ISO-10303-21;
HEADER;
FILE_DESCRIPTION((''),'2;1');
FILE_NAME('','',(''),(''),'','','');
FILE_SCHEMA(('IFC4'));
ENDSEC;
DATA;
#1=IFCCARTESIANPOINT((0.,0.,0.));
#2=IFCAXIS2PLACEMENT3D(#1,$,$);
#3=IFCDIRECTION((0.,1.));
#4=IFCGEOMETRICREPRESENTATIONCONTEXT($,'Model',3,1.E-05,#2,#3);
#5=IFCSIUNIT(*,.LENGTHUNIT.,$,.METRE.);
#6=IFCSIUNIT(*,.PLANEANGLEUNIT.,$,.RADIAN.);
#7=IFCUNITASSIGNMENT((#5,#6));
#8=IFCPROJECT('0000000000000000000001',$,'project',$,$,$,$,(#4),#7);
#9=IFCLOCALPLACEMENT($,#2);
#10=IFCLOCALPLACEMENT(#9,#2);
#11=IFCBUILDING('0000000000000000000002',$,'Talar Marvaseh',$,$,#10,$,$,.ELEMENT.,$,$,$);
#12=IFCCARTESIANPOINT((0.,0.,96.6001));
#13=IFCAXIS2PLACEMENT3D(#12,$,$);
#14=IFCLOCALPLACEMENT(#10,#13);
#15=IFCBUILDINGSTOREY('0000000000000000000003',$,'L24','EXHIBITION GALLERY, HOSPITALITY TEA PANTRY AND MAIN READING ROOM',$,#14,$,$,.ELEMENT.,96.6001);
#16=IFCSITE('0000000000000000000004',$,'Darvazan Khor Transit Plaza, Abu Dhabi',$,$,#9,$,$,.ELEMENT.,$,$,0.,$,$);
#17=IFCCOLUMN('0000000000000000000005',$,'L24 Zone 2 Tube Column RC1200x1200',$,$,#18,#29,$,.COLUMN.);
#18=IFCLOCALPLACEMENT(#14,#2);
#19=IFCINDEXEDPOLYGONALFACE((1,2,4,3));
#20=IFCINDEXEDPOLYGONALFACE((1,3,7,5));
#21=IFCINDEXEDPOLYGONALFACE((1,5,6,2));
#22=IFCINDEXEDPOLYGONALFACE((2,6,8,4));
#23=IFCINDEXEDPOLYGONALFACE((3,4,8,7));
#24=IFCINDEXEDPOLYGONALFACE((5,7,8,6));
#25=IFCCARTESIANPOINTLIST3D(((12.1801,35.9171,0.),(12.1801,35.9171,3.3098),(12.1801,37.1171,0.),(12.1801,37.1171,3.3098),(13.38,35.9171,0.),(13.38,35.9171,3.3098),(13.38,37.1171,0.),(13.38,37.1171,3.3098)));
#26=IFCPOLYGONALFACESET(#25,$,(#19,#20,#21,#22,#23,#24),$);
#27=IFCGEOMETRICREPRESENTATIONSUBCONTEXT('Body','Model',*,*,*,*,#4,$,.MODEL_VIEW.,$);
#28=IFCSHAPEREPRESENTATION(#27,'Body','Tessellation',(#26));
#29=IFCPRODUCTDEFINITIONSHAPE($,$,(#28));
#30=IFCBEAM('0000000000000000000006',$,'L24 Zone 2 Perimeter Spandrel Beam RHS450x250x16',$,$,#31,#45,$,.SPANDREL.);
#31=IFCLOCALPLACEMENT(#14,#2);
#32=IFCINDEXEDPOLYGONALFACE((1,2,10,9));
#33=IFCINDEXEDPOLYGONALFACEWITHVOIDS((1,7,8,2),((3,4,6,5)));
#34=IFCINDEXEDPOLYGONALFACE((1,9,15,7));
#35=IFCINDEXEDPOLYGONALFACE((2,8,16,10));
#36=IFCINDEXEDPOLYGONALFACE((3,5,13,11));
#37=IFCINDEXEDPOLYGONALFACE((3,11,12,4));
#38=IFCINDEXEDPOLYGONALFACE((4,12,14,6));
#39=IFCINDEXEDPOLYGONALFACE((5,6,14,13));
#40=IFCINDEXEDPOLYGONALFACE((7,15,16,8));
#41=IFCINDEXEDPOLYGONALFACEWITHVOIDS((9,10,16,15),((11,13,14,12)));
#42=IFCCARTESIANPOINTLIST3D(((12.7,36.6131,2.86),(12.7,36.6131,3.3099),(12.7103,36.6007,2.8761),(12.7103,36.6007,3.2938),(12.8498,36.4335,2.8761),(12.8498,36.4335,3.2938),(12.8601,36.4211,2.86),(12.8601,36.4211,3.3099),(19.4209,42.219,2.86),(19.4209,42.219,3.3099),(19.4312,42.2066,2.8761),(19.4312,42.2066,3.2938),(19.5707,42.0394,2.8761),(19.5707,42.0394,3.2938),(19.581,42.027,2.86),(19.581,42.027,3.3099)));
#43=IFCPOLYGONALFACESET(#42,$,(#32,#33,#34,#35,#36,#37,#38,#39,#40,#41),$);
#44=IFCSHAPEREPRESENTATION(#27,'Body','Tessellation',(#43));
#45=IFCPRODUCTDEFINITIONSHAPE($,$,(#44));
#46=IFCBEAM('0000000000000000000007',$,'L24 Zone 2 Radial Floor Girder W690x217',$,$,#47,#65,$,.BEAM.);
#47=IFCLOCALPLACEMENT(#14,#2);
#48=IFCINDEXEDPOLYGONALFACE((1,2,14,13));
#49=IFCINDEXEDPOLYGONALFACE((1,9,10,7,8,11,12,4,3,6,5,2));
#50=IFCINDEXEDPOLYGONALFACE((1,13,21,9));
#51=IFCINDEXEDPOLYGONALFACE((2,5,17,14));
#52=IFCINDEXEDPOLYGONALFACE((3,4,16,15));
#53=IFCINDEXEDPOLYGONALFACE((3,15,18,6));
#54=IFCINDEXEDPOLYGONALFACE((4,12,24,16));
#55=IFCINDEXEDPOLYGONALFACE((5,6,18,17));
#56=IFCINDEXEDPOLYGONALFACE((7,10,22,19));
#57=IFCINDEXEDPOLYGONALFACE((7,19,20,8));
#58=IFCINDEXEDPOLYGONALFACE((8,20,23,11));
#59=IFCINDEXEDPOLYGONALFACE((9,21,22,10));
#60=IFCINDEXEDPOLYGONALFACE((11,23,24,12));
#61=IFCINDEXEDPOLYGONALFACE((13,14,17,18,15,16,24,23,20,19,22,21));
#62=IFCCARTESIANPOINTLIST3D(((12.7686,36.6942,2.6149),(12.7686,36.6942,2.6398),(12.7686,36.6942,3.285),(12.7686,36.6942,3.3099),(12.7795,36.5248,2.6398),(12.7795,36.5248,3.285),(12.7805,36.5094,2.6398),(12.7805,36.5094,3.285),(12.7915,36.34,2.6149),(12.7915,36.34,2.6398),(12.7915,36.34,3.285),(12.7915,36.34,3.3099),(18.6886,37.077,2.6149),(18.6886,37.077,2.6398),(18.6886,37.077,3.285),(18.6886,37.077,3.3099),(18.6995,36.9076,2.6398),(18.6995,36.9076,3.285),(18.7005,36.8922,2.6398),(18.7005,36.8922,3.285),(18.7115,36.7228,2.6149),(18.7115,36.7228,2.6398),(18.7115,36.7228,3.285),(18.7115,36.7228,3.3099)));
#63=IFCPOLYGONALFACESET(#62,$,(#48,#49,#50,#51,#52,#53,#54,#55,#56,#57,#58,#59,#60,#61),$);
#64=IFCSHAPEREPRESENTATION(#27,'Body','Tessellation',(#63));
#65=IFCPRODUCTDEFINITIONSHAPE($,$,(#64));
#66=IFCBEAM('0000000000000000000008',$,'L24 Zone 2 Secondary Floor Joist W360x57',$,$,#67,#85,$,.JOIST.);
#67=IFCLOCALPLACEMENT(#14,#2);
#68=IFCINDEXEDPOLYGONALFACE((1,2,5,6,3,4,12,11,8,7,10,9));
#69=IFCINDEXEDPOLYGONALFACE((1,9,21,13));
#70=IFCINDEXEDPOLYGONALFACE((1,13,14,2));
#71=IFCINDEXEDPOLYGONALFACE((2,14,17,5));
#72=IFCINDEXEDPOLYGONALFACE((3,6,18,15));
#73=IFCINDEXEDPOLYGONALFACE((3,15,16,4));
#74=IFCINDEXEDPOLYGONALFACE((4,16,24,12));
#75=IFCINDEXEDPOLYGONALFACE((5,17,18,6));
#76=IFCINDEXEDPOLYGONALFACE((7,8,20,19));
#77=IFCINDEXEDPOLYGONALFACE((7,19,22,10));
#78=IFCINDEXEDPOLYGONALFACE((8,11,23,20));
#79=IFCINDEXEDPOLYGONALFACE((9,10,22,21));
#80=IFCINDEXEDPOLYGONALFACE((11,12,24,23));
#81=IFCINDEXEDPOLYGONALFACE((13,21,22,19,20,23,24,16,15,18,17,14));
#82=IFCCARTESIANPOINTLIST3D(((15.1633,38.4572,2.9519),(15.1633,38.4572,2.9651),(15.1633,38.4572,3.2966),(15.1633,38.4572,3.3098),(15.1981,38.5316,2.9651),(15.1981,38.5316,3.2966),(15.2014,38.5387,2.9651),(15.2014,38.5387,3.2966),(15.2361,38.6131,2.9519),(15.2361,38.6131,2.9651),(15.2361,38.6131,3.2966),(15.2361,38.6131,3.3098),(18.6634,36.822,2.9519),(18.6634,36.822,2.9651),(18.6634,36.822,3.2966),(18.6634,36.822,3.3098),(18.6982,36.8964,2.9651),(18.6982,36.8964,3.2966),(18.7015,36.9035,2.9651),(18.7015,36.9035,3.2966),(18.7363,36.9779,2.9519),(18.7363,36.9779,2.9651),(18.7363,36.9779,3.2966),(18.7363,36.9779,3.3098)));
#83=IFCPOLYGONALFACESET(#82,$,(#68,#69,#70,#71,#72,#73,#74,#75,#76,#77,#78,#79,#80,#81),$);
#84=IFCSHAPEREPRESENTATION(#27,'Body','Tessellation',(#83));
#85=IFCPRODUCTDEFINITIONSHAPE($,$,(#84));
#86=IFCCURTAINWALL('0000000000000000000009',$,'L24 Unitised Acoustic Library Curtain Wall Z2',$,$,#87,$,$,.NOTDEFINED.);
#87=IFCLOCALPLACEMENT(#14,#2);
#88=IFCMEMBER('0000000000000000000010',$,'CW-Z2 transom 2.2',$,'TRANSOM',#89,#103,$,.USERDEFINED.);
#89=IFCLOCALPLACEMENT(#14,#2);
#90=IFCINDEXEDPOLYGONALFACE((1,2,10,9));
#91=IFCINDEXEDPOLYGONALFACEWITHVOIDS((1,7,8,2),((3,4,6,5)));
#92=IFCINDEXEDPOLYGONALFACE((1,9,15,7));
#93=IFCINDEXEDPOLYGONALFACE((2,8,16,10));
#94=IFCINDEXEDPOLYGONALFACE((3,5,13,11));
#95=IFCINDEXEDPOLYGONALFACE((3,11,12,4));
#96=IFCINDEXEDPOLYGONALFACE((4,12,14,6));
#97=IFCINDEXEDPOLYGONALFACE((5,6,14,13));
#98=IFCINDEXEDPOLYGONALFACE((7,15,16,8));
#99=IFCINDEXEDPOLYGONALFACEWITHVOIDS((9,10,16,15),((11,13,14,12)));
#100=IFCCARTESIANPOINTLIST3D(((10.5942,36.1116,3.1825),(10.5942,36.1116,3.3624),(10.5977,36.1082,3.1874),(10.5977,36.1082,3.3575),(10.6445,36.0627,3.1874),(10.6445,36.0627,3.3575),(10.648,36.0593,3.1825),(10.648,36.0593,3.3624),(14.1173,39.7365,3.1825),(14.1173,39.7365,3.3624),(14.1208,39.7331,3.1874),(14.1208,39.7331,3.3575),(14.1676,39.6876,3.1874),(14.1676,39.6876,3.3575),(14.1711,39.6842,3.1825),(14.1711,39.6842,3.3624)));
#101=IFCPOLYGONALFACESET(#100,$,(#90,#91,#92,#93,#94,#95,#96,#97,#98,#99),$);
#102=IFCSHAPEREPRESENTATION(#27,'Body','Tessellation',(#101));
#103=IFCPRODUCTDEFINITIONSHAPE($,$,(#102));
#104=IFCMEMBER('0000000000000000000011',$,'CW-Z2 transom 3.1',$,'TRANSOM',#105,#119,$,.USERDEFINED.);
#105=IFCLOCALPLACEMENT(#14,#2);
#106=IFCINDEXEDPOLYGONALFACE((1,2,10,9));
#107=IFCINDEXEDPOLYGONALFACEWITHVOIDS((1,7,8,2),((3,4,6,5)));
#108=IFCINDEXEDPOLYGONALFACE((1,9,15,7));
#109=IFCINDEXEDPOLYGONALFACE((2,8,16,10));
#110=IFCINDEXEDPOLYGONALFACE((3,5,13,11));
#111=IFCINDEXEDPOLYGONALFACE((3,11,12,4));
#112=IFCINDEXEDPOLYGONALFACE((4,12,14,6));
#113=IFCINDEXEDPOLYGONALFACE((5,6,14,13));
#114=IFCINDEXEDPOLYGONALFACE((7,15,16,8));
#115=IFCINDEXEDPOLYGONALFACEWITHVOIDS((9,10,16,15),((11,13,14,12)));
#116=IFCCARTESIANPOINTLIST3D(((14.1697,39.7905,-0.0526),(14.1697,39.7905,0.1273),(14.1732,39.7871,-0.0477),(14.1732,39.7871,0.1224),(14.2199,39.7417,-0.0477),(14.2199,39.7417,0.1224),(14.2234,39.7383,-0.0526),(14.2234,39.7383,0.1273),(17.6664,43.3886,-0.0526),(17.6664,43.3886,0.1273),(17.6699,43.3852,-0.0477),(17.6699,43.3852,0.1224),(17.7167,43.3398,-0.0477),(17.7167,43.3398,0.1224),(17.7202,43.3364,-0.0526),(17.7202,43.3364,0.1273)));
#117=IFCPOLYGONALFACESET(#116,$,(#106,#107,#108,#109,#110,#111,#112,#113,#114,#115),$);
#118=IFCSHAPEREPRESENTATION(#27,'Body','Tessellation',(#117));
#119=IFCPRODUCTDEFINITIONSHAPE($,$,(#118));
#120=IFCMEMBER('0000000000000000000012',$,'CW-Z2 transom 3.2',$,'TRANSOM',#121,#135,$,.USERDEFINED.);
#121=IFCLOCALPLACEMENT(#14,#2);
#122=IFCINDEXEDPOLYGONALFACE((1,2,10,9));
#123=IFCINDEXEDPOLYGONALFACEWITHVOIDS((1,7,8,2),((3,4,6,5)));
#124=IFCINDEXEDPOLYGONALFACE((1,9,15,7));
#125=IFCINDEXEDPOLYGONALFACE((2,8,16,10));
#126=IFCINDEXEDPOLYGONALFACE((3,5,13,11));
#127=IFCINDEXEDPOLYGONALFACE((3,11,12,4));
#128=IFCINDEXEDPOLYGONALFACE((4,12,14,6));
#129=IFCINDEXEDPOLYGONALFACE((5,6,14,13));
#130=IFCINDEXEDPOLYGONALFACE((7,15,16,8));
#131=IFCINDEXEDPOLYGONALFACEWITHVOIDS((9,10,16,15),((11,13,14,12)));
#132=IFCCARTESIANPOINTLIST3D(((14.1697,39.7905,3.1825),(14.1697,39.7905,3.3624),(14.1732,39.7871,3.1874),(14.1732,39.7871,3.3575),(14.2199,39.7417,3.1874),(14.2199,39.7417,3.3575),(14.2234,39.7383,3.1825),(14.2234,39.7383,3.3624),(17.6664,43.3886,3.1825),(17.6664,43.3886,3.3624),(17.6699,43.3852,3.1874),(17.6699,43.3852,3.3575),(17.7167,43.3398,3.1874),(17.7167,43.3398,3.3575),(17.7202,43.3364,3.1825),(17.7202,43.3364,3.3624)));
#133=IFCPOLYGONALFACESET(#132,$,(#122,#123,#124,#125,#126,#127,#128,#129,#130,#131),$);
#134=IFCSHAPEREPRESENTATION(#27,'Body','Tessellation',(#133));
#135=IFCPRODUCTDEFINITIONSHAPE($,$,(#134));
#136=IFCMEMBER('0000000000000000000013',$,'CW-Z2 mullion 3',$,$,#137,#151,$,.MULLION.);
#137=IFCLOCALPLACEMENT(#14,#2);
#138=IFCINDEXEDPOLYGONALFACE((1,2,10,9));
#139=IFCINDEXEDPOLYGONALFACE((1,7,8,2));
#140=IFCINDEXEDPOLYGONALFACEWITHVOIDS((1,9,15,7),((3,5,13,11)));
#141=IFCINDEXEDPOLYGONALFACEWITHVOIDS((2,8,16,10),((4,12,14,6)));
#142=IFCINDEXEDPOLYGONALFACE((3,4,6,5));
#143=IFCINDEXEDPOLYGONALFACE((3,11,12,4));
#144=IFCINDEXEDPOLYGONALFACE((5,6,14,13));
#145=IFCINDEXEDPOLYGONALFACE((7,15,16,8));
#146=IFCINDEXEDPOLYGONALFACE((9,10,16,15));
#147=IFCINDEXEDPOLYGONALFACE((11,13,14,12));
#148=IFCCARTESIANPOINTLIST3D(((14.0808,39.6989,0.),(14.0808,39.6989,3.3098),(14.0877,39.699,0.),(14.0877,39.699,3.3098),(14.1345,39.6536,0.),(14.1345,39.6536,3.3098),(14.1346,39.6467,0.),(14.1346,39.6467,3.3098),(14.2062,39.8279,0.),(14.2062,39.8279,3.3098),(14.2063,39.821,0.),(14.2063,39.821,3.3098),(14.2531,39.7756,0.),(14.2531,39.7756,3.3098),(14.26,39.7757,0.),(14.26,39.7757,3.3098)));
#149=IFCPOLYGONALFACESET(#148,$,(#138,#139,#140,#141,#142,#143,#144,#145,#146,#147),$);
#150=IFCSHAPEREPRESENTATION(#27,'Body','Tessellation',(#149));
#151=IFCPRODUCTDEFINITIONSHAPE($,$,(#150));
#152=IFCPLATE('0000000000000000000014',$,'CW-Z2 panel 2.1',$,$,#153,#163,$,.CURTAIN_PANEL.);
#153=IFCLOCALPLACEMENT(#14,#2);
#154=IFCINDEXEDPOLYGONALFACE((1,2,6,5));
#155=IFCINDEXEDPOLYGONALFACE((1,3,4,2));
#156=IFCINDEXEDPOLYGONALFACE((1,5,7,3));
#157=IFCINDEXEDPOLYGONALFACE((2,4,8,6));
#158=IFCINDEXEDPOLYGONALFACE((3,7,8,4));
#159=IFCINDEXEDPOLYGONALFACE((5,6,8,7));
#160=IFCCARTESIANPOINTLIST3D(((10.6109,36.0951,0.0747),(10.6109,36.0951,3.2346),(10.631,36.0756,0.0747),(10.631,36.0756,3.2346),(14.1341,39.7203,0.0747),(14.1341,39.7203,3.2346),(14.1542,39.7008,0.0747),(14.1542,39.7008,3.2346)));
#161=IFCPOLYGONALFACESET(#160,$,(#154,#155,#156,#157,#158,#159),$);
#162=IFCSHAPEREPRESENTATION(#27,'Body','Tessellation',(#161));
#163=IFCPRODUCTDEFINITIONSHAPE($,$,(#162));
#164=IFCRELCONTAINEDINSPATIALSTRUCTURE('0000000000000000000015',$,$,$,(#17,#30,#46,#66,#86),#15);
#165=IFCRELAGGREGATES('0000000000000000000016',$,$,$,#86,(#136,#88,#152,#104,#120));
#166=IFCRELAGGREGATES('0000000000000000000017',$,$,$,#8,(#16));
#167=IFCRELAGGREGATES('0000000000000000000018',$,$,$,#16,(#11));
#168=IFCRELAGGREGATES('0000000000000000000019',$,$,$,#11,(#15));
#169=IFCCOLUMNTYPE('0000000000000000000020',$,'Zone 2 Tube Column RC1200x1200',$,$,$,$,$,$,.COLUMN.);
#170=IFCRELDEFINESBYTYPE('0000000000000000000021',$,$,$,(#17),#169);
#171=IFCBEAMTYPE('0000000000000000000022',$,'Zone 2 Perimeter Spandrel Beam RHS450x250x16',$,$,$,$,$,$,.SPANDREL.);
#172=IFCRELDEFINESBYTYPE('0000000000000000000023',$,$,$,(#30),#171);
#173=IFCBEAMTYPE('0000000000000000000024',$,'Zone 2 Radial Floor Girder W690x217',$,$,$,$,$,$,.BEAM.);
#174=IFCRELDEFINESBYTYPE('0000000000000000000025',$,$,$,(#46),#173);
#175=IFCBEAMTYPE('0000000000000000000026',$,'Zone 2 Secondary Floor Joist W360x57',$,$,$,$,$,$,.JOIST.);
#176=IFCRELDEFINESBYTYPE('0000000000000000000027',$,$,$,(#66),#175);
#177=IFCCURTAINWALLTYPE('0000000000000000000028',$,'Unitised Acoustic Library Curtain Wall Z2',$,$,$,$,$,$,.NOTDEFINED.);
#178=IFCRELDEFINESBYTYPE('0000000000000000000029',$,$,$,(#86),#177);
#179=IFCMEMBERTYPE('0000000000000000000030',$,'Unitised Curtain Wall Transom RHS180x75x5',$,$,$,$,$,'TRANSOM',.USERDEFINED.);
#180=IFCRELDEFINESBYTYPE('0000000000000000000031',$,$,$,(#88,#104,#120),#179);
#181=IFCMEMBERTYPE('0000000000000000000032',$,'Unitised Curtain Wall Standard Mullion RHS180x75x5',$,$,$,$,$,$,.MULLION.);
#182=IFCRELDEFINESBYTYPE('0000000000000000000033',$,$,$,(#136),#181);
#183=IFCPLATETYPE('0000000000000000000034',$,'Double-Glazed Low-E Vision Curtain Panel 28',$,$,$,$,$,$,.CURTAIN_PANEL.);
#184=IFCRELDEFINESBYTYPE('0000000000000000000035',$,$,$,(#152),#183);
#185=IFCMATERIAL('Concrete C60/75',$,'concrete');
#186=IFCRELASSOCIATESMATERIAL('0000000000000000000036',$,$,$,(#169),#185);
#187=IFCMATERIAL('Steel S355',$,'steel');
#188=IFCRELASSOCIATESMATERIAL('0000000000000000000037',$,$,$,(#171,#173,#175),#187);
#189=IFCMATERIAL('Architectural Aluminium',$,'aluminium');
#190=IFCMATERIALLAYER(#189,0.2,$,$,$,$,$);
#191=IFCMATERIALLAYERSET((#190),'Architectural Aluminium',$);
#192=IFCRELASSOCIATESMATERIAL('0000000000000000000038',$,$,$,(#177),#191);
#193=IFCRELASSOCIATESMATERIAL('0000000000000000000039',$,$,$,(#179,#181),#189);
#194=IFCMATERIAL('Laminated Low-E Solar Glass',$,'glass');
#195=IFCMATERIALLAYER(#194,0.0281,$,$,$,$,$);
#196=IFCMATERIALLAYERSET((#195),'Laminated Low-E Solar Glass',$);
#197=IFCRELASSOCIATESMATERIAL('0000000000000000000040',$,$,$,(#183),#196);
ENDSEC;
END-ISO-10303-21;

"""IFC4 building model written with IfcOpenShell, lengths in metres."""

from ifc_helpers import new_model, si_unit, direction, frame, origin, origin_2d, place, context, subcontext, project, spatial, rectangle, hollow_rectangle, i_section, extrude, source, transform, mapped, material, layer, layer_set, material_profile, profile_set, type_object, type_shapes, element, aggregate, save


model = new_model("IFC4")

# Units and contexts
model_context = context("Model", 3, precision=1e-05, world=origin(), true_north=direction((0.0, 1.0)))
body_context = subcontext(model_context, "Body", "Model", "MODEL_VIEW")
ifc_project = project(units=[si_unit("LENGTHUNIT", "METRE"), si_unit("PLANEANGLEUNIT", "RADIAN")], contexts=[model_context])

# Site, building, storey
site_placement = place(None, origin())
site = spatial("IfcSite", under=ifc_project, at=site_placement, Name="Darvazan Khor Transit Plaza, Abu Dhabi", CompositionType="ELEMENT", RefElevation=0.0)
building_placement = place(site_placement, origin())
building = spatial("IfcBuilding", under=site, at=building_placement, Name="Talar Marvaseh", CompositionType="ELEMENT")
storey_placement = place(building_placement, frame((0.0, 0.0, 96.6001)))
storey = spatial("IfcBuildingStorey", under=building, at=storey_placement, Name="L24", Description="EXHIBITION GALLERY, HOSPITALITY TEA PANTRY AND MAIN READING ROOM", CompositionType="ELEMENT", Elevation=96.6001)

# Column
ifc_material_1 = material(Name="Concrete C60/75", Category="concrete")
ifc_material_profile_1 = material_profile(ifc_material_1, rectangle(XDim=1.2, YDim=1.2, at=origin_2d()), Name="RC1200x1200")
ifc_profile_set_1 = profile_set([ifc_material_profile_1], Name="Concrete C60/75")
column_type = type_object("IfcColumnType", Name="Zone 2 Tube Column RC1200x1200", PredefinedType="COLUMN", material=ifc_profile_set_1)
column_placement = place(storey_placement, frame((12.78, 36.5171, 0.0), z_axis=(0.0, 0.0, 1.0), x_axis=(1.0, 0.0, 0.0)))
element("IfcColumn", 1, at=column_placement, inside=storey, type_object=column_type, Name="L24 Zone 2 Tube Column RC1200x1200", PredefinedType="COLUMN", context=body_context, shape_type="SweptSolid", body=[
    extrude(rectangle(XDim=1.2, YDim=1.2, at=origin_2d()), origin(), (0.0, 0.0, 1.0), 3.3098),
])

# Beams
ifc_material_2 = material(Name="Steel S355", Category="steel")
ifc_material_profile_2 = material_profile(ifc_material_2, hollow_rectangle(XDim=0.25, YDim=0.45, WallThickness=0.0161, at=origin_2d()), Name="RHS450x250x16")
ifc_profile_set_2 = profile_set([ifc_material_profile_2], Name="Steel S355")
beam_type_1 = type_object("IfcBeamType", Name="Zone 2 Perimeter Spandrel Beam RHS450x250x16", PredefinedType="SPANDREL", material=ifc_profile_set_2)
beam_1_placement = place(storey_placement, frame((12.78, 36.5171, 3.085), z_axis=(0.767931, 0.640533, 0.0), x_axis=(-0.640533, 0.767931, 0.0)))
element("IfcBeam", 2, at=beam_1_placement, inside=storey, type_object=beam_type_1, Name="L24 Zone 2 Perimeter Spandrel Beam RHS450x250x16", PredefinedType="SPANDREL", context=body_context, shape_type="SweptSolid", body=[
    extrude(hollow_rectangle(XDim=0.25, YDim=0.45, WallThickness=0.0161, at=origin_2d()), origin(), (0.0, 0.0, 1.0), 8.752),
])
ifc_material_profile_3 = material_profile(ifc_material_2, i_section(OverallWidth=0.355, OverallDepth=0.6951, WebThickness=0.0154, FlangeThickness=0.0249, at=origin_2d()), Name="W690x217")
ifc_profile_set_3 = profile_set([ifc_material_profile_3], Name="Steel S355")
beam_type_2 = type_object("IfcBeamType", Name="Zone 2 Radial Floor Girder W690x217", PredefinedType="BEAM", material=ifc_profile_set_3)
beam_2_placement = place(storey_placement, frame((12.78, 36.5171, 2.9624), z_axis=(0.997916, 0.06453, 0.0), x_axis=(-0.06453, 0.997916, 0.0)))
element("IfcBeam", 3, at=beam_2_placement, inside=storey, type_object=beam_type_2, Name="L24 Zone 2 Radial Floor Girder W690x217", PredefinedType="BEAM", context=body_context, shape_type="SweptSolid", body=[
    extrude(i_section(OverallWidth=0.355, OverallDepth=0.6951, WebThickness=0.0154, FlangeThickness=0.0249, at=origin_2d()), origin(), (0.0, 0.0, 1.0), 5.9324),
])
ifc_material_profile_4 = material_profile(ifc_material_2, i_section(OverallWidth=0.1721, OverallDepth=0.3579, WebThickness=0.0078, FlangeThickness=0.0132, at=origin_2d()), Name="W360x57")
ifc_profile_set_4 = profile_set([ifc_material_profile_4], Name="Steel S355")
beam_type_3 = type_object("IfcBeamType", Name="Zone 2 Secondary Floor Joist W360x57", PredefinedType="JOIST", material=ifc_profile_set_4)
beam_3_placement = place(storey_placement, frame((15.1997, 38.5352, 3.1309), z_axis=(0.906004, -0.423269, 0.0), x_axis=(0.423269, 0.906004, 0.0)))
element("IfcBeam", 4, at=beam_3_placement, inside=storey, type_object=beam_type_3, Name="L24 Zone 2 Secondary Floor Joist W360x57", PredefinedType="JOIST", context=body_context, shape_type="SweptSolid", body=[
    extrude(i_section(OverallWidth=0.1721, OverallDepth=0.3579, WebThickness=0.0078, FlangeThickness=0.0132, at=origin_2d()), origin(), (0.0, 0.0, 1.0), 3.8633),
])

# Curtain wall, members, plate
ifc_material_3 = material(Name="Architectural Aluminium", Category="aluminium")
ifc_layer_1 = layer(ifc_material_3, 0.2)
ifc_layer_set_1 = layer_set([ifc_layer_1], Name="Architectural Aluminium")
curtain_wall_type = type_object("IfcCurtainWallType", Name="Unitised Acoustic Library Curtain Wall Z2", PredefinedType="NOTDEFINED", material=ifc_layer_set_1)
curtain_wall_placement = place(storey_placement, origin())
curtain_wall = element("IfcCurtainWall", 5, at=curtain_wall_placement, inside=storey, type_object=curtain_wall_type, Name="L24 Unitised Acoustic Library Curtain Wall Z2", PredefinedType="NOTDEFINED")
ifc_material_profile_5 = material_profile(ifc_material_3, hollow_rectangle(XDim=0.075, YDim=0.1799, WallThickness=0.0049, at=origin_2d()), Name="RHS180x75x5")
ifc_profile_set_5 = profile_set([ifc_material_profile_5], Name="Architectural Aluminium")
member_type_1 = type_object("IfcMemberType", Name="Unitised Curtain Wall Transom RHS180x75x5", ElementType="TRANSOM", PredefinedType="USERDEFINED", material=ifc_profile_set_5)
shared_shape_1 = source(origin(), body_context, "Body", "SweptSolid", [
    extrude(hollow_rectangle(XDim=0.075, YDim=0.1799, WallThickness=0.0049, at=origin_2d()), origin(), (0.0, 0.0, 1.0), 5.0549),
])
member_1_placement = place(storey_placement, frame((10.6211, 36.0854, 3.2725), z_axis=(0.696965, 0.717105, 0.0), x_axis=(-0.717105, 0.696965, 0.0)))
member_1 = element("IfcMember", 6, at=member_1_placement, type_object=member_type_1, Name="CW-Z2 transom 2.2", ObjectType="TRANSOM", PredefinedType="USERDEFINED", context=body_context, shape_type="MappedRepresentation", body=[
    mapped(shared_shape_1, transform((0.0, 0.0, 0.0), x_axis=(1.0, 0.0, 0.0), y_axis=(0.0, 1.0, 0.0), z_axis=(0.0, 0.0, 1.0), scale=1.0)),
])
shared_shape_2 = source(origin(), body_context, "Body", "SweptSolid", [
    extrude(hollow_rectangle(XDim=0.075, YDim=0.1799, WallThickness=0.0049, at=origin_2d()), origin(), (0.0, 0.0, 1.0), 5.0173),
])
type_shapes(member_type_1, [shared_shape_1, shared_shape_2])
member_2_placement = place(storey_placement, frame((14.1965, 39.7644, 0.0374), z_axis=(0.696938, 0.717131, 0.0), x_axis=(-0.717131, 0.696938, 0.0)))
member_2 = element("IfcMember", 7, at=member_2_placement, type_object=member_type_1, Name="CW-Z2 transom 3.1", ObjectType="TRANSOM", PredefinedType="USERDEFINED", context=body_context, shape_type="MappedRepresentation", body=[
    mapped(shared_shape_2, transform((0.0, 0.0, 0.0), x_axis=(1.0, 0.0, 0.0), y_axis=(0.0, 1.0, 0.0), z_axis=(0.0, 0.0, 1.0), scale=1.0)),
])
member_3_placement = place(storey_placement, frame((14.1965, 39.7644, 3.2725), z_axis=(0.696938, 0.717131, 0.0), x_axis=(-0.717131, 0.696938, 0.0)))
member_3 = element("IfcMember", 8, at=member_3_placement, type_object=member_type_1, Name="CW-Z2 transom 3.2", ObjectType="TRANSOM", PredefinedType="USERDEFINED", context=body_context, shape_type="MappedRepresentation", body=[
    mapped(shared_shape_2, transform((0.0, 0.0, 0.0), x_axis=(1.0, 0.0, 0.0), y_axis=(0.0, 1.0, 0.0), z_axis=(0.0, 0.0, 1.0), scale=1.0)),
])
ifc_material_profile_6 = material_profile(ifc_material_3, hollow_rectangle(XDim=0.075, YDim=0.1799, WallThickness=0.0049, at=origin_2d()), Name="RHS180x75x5")
ifc_profile_set_6 = profile_set([ifc_material_profile_6], Name="Architectural Aluminium")
member_type_2 = type_object("IfcMemberType", Name="Unitised Curtain Wall Standard Mullion RHS180x75x5", PredefinedType="MULLION", material=ifc_profile_set_6)
shared_shape_3 = source(origin(), body_context, "Body", "SweptSolid", [
    extrude(hollow_rectangle(XDim=0.075, YDim=0.1799, WallThickness=0.0049, at=origin_2d()), origin(), (0.0, 0.0, 1.0), 3.3098),
])
type_shapes(member_type_2, [shared_shape_3])
member_4_placement = place(storey_placement, frame((14.1704, 39.7373, 0.0), z_axis=(0.0, 0.0, 1.0), x_axis=(-0.717126, 0.696944, 0.0)))
member_4 = element("IfcMember", 9, at=member_4_placement, type_object=member_type_2, Name="CW-Z2 mullion 3", PredefinedType="MULLION", context=body_context, shape_type="MappedRepresentation", body=[
    mapped(shared_shape_3, transform((0.0, 0.0, 0.0), x_axis=(1.0, 0.0, 0.0), y_axis=(0.0, 1.0, 0.0), z_axis=(0.0, 0.0, 1.0), scale=1.0)),
])
ifc_material_4 = material(Name="Laminated Low-E Solar Glass", Category="glass")
ifc_layer_2 = layer(ifc_material_4, 0.0281)
ifc_layer_set_2 = layer_set([ifc_layer_2], Name="Laminated Low-E Solar Glass")
plate_type = type_object("IfcPlateType", Name="Double-Glazed Low-E Vision Curtain Panel 28", PredefinedType="CURTAIN_PANEL", material=ifc_layer_set_2)
shared_shape_4 = source(origin(), body_context, "Body", "SweptSolid", [
    extrude(rectangle(XDim=5.0552, YDim=0.0281, at=origin_2d()), origin(), (0.0, 0.0, 1.0), 3.1599),
])
type_shapes(plate_type, [shared_shape_4])
plate_placement = place(storey_placement, frame((12.3826, 37.8979, 0.0747), z_axis=(0.0, 0.0, 1.0), x_axis=(0.696944, 0.717126, 0.0)))
plate = element("IfcPlate", 10, at=plate_placement, type_object=plate_type, Name="CW-Z2 panel 2.1", PredefinedType="CURTAIN_PANEL", context=body_context, shape_type="MappedRepresentation", body=[
    mapped(shared_shape_4, transform((0.0, 0.0, 0.0), x_axis=(1.0, 0.0, 0.0), y_axis=(0.0, 1.0, 0.0), z_axis=(0.0, 0.0, 1.0), scale=1.0)),
])
aggregate(curtain_wall, [member_4, member_1, plate, member_2, member_3])

save(model, "model.ifc")
